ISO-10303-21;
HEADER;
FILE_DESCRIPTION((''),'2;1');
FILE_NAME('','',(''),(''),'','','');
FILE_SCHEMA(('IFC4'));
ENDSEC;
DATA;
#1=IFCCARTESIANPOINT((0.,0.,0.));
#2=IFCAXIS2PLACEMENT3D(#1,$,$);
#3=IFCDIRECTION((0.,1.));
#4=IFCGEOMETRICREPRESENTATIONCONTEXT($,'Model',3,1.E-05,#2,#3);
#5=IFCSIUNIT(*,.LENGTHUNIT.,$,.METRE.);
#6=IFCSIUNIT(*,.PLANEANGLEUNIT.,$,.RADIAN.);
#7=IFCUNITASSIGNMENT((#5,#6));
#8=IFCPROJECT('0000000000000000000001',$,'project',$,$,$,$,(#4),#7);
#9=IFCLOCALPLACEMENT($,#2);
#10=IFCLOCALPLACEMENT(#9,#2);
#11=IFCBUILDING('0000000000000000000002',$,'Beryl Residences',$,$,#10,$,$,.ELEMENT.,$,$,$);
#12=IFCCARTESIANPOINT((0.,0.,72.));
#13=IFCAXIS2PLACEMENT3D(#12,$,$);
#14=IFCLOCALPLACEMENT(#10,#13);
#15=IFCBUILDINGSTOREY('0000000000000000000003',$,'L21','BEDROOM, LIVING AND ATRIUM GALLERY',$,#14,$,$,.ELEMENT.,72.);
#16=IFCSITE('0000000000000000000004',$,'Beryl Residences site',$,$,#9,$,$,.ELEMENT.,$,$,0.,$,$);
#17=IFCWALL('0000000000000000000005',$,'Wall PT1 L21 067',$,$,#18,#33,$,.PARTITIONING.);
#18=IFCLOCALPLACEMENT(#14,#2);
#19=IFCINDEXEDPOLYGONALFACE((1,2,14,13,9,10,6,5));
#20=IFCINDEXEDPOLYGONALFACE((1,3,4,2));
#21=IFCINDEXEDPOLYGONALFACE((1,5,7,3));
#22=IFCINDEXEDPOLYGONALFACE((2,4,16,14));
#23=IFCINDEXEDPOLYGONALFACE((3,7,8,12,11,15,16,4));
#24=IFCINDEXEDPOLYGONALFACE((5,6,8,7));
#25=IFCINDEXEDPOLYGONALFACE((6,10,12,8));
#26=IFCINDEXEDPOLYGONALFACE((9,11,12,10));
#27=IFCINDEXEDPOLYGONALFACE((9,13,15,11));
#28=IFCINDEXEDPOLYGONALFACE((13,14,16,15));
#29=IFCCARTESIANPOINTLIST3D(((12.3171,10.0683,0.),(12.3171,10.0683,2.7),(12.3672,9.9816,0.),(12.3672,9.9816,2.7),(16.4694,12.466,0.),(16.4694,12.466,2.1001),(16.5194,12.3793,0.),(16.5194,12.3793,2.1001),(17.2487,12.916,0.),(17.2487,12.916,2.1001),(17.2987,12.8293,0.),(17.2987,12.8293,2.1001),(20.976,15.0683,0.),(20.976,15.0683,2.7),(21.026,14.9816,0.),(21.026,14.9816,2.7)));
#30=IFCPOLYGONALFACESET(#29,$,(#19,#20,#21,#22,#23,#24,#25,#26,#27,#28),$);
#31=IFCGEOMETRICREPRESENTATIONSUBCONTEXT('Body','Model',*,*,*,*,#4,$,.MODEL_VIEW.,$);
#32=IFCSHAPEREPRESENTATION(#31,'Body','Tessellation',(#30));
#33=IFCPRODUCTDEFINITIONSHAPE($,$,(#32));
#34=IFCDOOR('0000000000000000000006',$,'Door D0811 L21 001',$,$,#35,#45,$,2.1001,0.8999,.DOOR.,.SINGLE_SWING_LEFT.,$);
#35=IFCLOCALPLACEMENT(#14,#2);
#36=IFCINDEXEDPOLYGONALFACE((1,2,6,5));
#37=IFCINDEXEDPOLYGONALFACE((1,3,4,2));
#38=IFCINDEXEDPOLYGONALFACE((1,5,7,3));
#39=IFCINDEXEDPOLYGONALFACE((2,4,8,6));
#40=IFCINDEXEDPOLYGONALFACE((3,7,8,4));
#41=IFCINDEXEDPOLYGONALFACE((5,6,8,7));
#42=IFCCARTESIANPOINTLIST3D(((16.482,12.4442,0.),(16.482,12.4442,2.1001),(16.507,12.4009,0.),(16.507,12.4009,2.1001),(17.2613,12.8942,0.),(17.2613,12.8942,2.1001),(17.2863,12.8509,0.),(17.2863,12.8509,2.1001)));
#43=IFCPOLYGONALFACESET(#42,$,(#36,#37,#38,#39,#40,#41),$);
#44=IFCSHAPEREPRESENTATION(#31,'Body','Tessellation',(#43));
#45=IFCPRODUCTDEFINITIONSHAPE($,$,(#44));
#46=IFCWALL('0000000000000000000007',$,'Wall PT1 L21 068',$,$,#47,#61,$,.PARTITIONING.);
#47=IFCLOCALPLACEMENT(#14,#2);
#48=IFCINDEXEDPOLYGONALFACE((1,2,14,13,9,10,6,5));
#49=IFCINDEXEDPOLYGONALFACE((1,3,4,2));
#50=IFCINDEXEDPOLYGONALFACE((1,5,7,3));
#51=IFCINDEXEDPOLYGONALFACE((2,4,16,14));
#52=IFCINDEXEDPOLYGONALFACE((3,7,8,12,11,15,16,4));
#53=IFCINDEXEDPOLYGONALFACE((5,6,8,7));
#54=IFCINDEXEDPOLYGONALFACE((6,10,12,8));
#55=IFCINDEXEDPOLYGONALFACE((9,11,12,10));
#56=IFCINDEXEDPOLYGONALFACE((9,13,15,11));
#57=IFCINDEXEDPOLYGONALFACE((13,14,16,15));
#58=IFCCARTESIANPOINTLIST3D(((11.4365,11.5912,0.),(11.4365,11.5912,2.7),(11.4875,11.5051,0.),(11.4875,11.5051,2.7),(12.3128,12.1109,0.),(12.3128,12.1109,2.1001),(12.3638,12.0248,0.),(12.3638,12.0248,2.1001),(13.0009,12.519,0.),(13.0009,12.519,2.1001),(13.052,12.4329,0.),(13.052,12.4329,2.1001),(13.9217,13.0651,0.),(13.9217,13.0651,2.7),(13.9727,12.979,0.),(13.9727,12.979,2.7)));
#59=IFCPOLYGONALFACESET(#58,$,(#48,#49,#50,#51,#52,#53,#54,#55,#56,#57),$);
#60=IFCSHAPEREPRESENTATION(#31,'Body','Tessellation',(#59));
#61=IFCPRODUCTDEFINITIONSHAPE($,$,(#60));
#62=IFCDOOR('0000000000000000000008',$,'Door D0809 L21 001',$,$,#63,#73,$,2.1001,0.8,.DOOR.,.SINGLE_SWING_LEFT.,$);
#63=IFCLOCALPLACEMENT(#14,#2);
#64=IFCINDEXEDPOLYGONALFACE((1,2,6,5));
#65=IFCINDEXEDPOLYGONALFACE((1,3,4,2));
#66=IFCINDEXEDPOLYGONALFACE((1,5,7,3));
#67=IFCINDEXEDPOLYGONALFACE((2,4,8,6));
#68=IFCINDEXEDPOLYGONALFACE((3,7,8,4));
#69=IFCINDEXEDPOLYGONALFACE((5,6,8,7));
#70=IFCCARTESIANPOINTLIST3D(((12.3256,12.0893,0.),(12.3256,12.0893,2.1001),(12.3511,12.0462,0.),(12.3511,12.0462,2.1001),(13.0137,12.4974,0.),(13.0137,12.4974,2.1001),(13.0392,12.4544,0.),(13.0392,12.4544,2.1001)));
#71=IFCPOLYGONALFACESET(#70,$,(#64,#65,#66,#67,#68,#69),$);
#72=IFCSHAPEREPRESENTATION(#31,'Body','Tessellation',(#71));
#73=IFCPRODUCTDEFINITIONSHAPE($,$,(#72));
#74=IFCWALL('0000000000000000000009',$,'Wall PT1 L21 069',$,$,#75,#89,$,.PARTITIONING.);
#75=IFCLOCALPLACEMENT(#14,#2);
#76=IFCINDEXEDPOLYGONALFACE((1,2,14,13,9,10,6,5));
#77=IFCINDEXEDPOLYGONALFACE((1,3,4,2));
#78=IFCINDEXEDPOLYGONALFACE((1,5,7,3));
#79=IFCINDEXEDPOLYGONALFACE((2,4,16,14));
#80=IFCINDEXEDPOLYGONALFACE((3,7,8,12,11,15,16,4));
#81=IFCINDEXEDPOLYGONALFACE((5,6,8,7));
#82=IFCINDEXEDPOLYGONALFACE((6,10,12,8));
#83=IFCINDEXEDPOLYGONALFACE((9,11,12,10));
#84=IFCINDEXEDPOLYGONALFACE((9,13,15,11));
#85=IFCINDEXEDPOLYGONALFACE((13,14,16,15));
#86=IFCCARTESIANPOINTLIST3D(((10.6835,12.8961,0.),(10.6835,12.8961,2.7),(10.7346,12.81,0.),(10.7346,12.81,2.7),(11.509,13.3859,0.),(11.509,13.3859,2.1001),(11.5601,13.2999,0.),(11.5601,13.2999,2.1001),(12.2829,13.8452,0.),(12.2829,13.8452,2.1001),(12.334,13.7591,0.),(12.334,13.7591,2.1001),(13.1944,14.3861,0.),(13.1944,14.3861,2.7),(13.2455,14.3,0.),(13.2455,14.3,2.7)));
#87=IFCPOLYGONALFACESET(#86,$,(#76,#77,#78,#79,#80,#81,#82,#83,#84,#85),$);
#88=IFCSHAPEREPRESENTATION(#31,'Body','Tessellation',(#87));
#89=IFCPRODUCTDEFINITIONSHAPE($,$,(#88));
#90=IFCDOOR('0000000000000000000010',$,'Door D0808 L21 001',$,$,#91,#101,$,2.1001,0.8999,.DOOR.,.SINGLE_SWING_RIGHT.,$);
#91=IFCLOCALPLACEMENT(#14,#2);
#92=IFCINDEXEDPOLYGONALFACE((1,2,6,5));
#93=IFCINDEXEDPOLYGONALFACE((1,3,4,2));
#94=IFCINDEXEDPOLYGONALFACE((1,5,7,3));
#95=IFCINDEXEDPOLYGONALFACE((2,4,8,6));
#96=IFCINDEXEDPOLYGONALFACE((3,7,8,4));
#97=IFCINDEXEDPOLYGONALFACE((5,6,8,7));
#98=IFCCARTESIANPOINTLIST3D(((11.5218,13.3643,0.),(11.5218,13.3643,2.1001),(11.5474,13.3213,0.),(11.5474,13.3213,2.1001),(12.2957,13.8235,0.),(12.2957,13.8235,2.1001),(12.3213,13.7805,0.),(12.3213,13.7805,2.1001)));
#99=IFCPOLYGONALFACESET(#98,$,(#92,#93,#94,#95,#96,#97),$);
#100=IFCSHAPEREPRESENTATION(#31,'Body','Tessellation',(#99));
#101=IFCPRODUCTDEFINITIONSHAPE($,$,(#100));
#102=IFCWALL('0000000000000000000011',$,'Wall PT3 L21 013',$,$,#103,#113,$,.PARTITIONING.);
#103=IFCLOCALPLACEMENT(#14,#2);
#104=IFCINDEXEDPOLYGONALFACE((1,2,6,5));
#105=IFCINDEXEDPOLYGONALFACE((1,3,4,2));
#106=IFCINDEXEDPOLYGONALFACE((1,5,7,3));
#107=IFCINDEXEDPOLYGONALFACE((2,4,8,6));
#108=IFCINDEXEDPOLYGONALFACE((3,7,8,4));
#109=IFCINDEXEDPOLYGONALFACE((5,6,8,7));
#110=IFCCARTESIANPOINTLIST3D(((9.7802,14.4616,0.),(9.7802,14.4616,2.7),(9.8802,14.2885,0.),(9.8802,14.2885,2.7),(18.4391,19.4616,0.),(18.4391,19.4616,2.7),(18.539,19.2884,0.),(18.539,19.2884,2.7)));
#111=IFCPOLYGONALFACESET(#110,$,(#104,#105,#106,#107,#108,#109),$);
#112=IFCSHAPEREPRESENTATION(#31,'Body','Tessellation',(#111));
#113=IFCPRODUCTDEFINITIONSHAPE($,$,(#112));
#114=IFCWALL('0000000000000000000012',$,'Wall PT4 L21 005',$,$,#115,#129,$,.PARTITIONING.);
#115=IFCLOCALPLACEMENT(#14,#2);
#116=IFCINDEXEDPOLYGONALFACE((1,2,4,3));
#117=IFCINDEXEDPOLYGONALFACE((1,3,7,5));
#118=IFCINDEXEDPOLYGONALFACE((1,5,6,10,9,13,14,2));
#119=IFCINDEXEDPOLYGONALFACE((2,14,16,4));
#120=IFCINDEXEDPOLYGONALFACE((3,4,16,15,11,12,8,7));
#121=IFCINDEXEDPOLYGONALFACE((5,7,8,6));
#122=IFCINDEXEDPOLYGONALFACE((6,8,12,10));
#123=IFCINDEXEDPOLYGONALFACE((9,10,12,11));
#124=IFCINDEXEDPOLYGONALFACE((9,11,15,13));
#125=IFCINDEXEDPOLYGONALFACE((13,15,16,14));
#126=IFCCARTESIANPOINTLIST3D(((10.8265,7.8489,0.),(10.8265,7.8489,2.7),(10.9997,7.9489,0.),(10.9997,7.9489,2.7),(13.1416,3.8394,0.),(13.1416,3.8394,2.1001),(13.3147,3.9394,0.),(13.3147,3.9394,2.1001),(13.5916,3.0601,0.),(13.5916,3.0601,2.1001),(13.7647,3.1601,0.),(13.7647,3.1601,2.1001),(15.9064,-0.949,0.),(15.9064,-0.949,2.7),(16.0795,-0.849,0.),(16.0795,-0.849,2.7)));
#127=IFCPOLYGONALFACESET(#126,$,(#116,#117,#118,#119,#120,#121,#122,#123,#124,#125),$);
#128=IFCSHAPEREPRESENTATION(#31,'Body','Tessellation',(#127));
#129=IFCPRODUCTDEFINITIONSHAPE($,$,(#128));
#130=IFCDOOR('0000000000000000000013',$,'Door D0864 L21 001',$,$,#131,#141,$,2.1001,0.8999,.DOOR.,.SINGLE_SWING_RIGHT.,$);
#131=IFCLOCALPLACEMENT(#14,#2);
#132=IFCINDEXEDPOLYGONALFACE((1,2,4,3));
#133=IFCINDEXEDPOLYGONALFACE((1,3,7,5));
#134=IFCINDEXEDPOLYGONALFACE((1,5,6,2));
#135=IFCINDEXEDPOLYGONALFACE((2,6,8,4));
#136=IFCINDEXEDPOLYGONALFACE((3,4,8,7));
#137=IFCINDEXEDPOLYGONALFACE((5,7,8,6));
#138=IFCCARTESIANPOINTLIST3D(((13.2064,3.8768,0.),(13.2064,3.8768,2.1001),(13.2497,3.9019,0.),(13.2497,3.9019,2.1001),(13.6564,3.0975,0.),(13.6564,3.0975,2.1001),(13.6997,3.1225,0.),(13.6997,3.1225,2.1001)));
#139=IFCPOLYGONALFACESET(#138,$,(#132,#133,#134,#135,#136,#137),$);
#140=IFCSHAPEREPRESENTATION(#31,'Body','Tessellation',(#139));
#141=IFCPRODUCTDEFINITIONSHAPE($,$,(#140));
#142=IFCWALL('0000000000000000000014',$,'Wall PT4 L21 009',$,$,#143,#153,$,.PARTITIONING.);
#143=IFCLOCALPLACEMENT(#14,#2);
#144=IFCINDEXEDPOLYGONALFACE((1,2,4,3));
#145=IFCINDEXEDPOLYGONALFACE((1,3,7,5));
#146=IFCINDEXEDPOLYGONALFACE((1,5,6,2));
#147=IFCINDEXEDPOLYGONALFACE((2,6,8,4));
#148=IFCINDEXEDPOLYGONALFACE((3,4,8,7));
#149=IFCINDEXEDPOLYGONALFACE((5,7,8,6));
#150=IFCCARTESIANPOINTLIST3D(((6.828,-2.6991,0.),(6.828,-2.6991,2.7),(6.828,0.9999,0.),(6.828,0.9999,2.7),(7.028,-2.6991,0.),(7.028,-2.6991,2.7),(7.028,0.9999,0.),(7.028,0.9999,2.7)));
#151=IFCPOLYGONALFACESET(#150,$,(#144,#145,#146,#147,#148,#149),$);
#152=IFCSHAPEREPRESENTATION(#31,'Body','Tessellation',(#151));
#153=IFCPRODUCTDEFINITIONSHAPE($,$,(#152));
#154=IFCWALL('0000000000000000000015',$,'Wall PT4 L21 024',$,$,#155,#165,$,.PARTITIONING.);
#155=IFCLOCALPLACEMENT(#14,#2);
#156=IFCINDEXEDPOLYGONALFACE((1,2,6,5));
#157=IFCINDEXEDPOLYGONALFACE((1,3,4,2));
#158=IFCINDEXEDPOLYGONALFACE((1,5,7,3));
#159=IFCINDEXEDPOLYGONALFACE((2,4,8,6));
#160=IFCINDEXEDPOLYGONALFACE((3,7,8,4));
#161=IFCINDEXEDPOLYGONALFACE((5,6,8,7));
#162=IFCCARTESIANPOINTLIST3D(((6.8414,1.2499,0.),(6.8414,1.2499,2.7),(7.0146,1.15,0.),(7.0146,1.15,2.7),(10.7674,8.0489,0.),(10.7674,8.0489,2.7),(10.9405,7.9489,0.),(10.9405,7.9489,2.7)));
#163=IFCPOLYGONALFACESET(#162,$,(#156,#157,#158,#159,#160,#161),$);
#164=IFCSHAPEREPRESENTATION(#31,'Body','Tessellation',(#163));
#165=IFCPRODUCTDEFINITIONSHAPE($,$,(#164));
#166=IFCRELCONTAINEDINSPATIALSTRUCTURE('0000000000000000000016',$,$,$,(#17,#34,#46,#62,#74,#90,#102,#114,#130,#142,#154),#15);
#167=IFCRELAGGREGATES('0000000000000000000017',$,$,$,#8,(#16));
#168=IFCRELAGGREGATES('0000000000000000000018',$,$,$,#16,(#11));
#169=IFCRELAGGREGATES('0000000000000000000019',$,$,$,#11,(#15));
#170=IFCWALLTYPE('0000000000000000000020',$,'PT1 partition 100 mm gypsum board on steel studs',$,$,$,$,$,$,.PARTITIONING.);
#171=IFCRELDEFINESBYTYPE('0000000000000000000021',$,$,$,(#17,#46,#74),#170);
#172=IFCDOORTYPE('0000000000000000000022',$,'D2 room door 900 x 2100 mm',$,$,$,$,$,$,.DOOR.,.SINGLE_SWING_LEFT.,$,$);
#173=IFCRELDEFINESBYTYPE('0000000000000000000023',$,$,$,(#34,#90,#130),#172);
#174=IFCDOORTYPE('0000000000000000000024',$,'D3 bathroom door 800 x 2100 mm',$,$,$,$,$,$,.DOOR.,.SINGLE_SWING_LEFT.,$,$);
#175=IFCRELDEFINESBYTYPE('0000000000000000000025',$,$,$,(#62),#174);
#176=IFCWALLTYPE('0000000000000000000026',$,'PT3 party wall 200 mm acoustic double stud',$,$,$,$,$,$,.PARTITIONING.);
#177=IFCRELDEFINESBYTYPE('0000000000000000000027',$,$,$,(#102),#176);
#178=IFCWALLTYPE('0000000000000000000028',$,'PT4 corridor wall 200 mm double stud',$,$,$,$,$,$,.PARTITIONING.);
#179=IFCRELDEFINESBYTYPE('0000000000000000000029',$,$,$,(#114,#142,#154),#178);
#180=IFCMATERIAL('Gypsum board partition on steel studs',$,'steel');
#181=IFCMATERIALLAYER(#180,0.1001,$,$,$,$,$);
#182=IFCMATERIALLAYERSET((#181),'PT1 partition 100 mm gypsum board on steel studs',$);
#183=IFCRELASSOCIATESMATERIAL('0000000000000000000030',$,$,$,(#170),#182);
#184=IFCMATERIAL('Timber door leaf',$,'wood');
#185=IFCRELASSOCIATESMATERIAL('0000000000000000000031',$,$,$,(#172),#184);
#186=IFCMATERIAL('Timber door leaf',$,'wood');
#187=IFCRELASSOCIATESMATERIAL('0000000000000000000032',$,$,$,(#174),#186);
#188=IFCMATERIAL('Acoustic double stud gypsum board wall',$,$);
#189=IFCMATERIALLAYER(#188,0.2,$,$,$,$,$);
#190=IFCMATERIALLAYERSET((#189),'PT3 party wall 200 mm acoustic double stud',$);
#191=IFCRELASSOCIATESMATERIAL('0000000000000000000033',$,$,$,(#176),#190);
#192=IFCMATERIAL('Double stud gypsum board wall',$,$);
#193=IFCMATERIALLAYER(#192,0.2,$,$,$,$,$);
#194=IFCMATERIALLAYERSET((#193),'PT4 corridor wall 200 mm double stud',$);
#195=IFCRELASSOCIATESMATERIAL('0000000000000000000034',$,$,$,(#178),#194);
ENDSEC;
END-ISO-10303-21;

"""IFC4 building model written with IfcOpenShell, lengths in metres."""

from ifc_helpers import new_model, si_unit, direction, frame, frame_2d, origin, place, context, subcontext, project, spatial, rectangle, extrude, material, layer, layer_set, type_object, element, fill, save


model = new_model("IFC4")

# Units and contexts
model_context = context("Model", 3, precision=1e-05, world=origin(), true_north=direction((0.0, 1.0)))
body_context = subcontext(model_context, "Body", "Model", "MODEL_VIEW")
ifc_project = project(units=[si_unit("LENGTHUNIT", "METRE"), si_unit("PLANEANGLEUNIT", "RADIAN")], contexts=[model_context])

# Site, building, storey
site_placement = place(None, origin())
site = spatial("IfcSite", under=ifc_project, at=site_placement, Name="Beryl Residences site", CompositionType="ELEMENT", RefElevation=0.0)
building_placement = place(site_placement, origin())
building = spatial("IfcBuilding", under=site, at=building_placement, Name="Beryl Residences", CompositionType="ELEMENT")
storey_placement = place(building_placement, frame((0.0, 0.0, 72.0)))
storey = spatial("IfcBuildingStorey", under=building, at=storey_placement, Name="L21", Description="BEDROOM, LIVING AND ATRIUM GALLERY", CompositionType="ELEMENT", Elevation=72.0)

# Shared definitions
ifc_material_1 = material(Name="Gypsum board partition on steel studs", Category="steel")
ifc_layer_1 = layer(ifc_material_1, 0.1001)
ifc_layer_set_1 = layer_set([ifc_layer_1], Name="PT1 partition 100 mm gypsum board on steel studs")
wall_type_1 = type_object("IfcWallType", Name="PT1 partition 100 mm gypsum board on steel studs", PredefinedType="PARTITIONING", material=ifc_layer_set_1)

# Walls, openings, doors
ifc_material_2 = material(Name="Timber door leaf", Category="wood")
door_type_1 = type_object("IfcDoorType", Name="D2 room door 900 x 2100 mm", OperationType="SINGLE_SWING_LEFT", PredefinedType="DOOR", material=ifc_material_2)
wall_1_placement = place(storey_placement, frame((12.342, 10.0249, 0.0), z_axis=(0.0, 0.0, 1.0), x_axis=(0.865992, 0.500057, 0.0)))
wall_1 = element("IfcWall", 1, at=wall_1_placement, inside=storey, type_object=wall_type_1, Name="Wall PT1 L21 067", PredefinedType="PARTITIONING", context=body_context, shape_type="SweptSolid", body=[
    extrude(rectangle(XDim=9.9988, YDim=0.1001, at=frame_2d((4.9995, 0.0))), origin(), (0.0, 0.0, 1.0), 2.7),
])
opening_1_placement = place(wall_1_placement, frame((4.7949, 0.0, 0.0)))
opening_1 = element("IfcOpeningElement", 2, at=opening_1_placement, cuts=wall_1, PredefinedType="OPENING", context=body_context, shape_type="SweptSolid", body=[
    extrude(rectangle(XDim=0.8999, YDim=2.1001, at=frame_2d((0.45, 1.05))), frame((0.0, 0.0601, 0.0), z_axis=(0.0, -1.0, 0.0), x_axis=(1.0, 0.0, 0.0)), (0.0, 0.0, 1.0), 0.1201),
])
door_1_placement = place(opening_1_placement, origin())
door_1 = element("IfcDoor", 3, at=door_1_placement, inside=storey, type_object=door_type_1, Name="Door D0811 L21 001", OperationType="SINGLE_SWING_LEFT", OverallHeight=2.1001, OverallWidth=0.8999, PredefinedType="DOOR", context=body_context, shape_type="SweptSolid", body=[
    extrude(rectangle(XDim=0.8999, YDim=2.1001, at=frame_2d((0.45, 1.05))), frame((0.0, 0.0249, 0.0), z_axis=(0.0, -1.0, 0.0), x_axis=(1.0, 0.0, 0.0)), (0.0, 0.0, 1.0), 0.05),
])
fill(opening_1, door_1)
wall_2_placement = place(storey_placement, frame((11.4619, 11.5481, 0.0), z_axis=(0.0, 0.0, 1.0), x_axis=(0.860106, 0.510115, 0.0)))
wall_2 = element("IfcWall", 4, at=wall_2_placement, inside=storey, type_object=wall_type_1, Name="Wall PT1 L21 068", PredefinedType="PARTITIONING", context=body_context, shape_type="SweptSolid", body=[
    extrude(rectangle(XDim=2.8894, YDim=0.1001, at=frame_2d((1.4448, 0.0))), origin(), (0.0, 0.0, 1.0), 2.7),
])
opening_2_placement = place(wall_2_placement, frame((1.019, 0.0, 0.0)))
opening_2 = element("IfcOpeningElement", 5, at=opening_2_placement, cuts=wall_2, PredefinedType="OPENING", context=body_context, shape_type="SweptSolid", body=[
    extrude(rectangle(XDim=0.8, YDim=2.1001, at=frame_2d((0.3999, 1.05))), frame((0.0, 0.0601, 0.0), z_axis=(0.0, -1.0, 0.0), x_axis=(1.0, 0.0, 0.0)), (0.0, 0.0, 1.0), 0.1201),
])
ifc_material_3 = material(Name="Timber door leaf", Category="wood")
door_type_2 = type_object("IfcDoorType", Name="D3 bathroom door 800 x 2100 mm", OperationType="SINGLE_SWING_LEFT", PredefinedType="DOOR", material=ifc_material_3)
door_2_placement = place(opening_2_placement, origin())
door_2 = element("IfcDoor", 6, at=door_2_placement, inside=storey, type_object=door_type_2, Name="Door D0809 L21 001", OperationType="SINGLE_SWING_LEFT", OverallHeight=2.1001, OverallWidth=0.8, PredefinedType="DOOR", context=body_context, shape_type="SweptSolid", body=[
    extrude(rectangle(XDim=0.8, YDim=2.1001, at=frame_2d((0.3999, 1.05))), frame((0.0, 0.0249, 0.0), z_axis=(0.0, -1.0, 0.0), x_axis=(1.0, 0.0, 0.0)), (0.0, 0.0, 1.0), 0.05),
])
fill(opening_2, door_2)
wall_3_placement = place(storey_placement, frame((10.709, 12.853, 0.0), z_axis=(0.0, 0.0, 1.0), x_axis=(0.859991, 0.510309, 0.0)))
wall_3 = element("IfcWall", 7, at=wall_3_placement, inside=storey, type_object=wall_type_1, Name="Wall PT1 L21 069", PredefinedType="PARTITIONING", context=body_context, shape_type="SweptSolid", body=[
    extrude(rectangle(XDim=2.9197, YDim=0.1001, at=frame_2d((1.46, 0.0))), origin(), (0.0, 0.0, 1.0), 2.7),
])
opening_3_placement = place(wall_3_placement, frame((0.96, 0.0, 0.0)))
opening_3 = element("IfcOpeningElement", 8, at=opening_3_placement, cuts=wall_3, PredefinedType="OPENING", context=body_context, shape_type="SweptSolid", body=[
    extrude(rectangle(XDim=0.8999, YDim=2.1001, at=frame_2d((0.45, 1.05))), frame((0.0, 0.0601, 0.0), z_axis=(0.0, -1.0, 0.0), x_axis=(1.0, 0.0, 0.0)), (0.0, 0.0, 1.0), 0.1201),
])
door_3_placement = place(opening_3_placement, origin())
door_3 = element("IfcDoor", 9, at=door_3_placement, inside=storey, type_object=door_type_1, Name="Door D0808 L21 001", OperationType="SINGLE_SWING_RIGHT", OverallHeight=2.1001, OverallWidth=0.8999, PredefinedType="DOOR", context=body_context, shape_type="SweptSolid", body=[
    extrude(rectangle(XDim=0.8999, YDim=2.1001, at=frame_2d((0.45, 1.05))), frame((0.0, 0.0249, 0.0), z_axis=(0.0, -1.0, 0.0), x_axis=(1.0, 0.0, 0.0)), (0.0, 0.0, 1.0), 0.05),
])
fill(opening_3, door_3)

# Wall
ifc_material_4 = material(Name="Acoustic double stud gypsum board wall")
ifc_layer_2 = layer(ifc_material_4, 0.2)
ifc_layer_set_2 = layer_set([ifc_layer_2], Name="PT3 party wall 200 mm acoustic double stud")
wall_type_2 = type_object("IfcWallType", Name="PT3 party wall 200 mm acoustic double stud", PredefinedType="PARTITIONING", material=ifc_layer_set_2)
wall_4_placement = place(storey_placement, frame((9.8301, 14.375, 0.0), z_axis=(0.0, 0.0, 1.0), x_axis=(0.865992, 0.500057, 0.0)))
element("IfcWall", 10, at=wall_4_placement, inside=storey, type_object=wall_type_2, Name="Wall PT3 L21 013", PredefinedType="PARTITIONING", context=body_context, shape_type="SweptSolid", body=[
    extrude(rectangle(XDim=9.9988, YDim=0.2, at=frame_2d((4.9995, 0.0))), origin(), (0.0, 0.0, 1.0), 2.7),
])

# Wall, opening, door
ifc_material_5 = material(Name="Double stud gypsum board wall")
ifc_layer_3 = layer(ifc_material_5, 0.2)
ifc_layer_set_3 = layer_set([ifc_layer_3], Name="PT4 corridor wall 200 mm double stud")
wall_type_3 = type_object("IfcWallType", Name="PT4 corridor wall 200 mm double stud", PredefinedType="PARTITIONING", material=ifc_layer_set_3)
wall_5_placement = place(storey_placement, frame((10.9131, 7.8989, 0.0), z_axis=(0.0, 0.0, 1.0), x_axis=(0.500029, -0.866009, 0.0)))
wall_5 = element("IfcWall", 11, at=wall_5_placement, inside=storey, type_object=wall_type_3, Name="Wall PT4 L21 005", PredefinedType="PARTITIONING", context=body_context, shape_type="SweptSolid", body=[
    extrude(rectangle(XDim=10.1592, YDim=0.2, at=frame_2d((5.0796, 0.0))), origin(), (0.0, 0.0, 1.0), 2.7),
])
opening_4_placement = place(wall_5_placement, frame((4.6299, 0.0, 0.0)))
opening_4 = element("IfcOpeningElement", 12, at=opening_4_placement, cuts=wall_5, PredefinedType="OPENING", context=body_context, shape_type="SweptSolid", body=[
    extrude(rectangle(XDim=0.8999, YDim=2.1001, at=frame_2d((0.45, 1.05))), frame((0.0, 0.1099, 0.0), z_axis=(0.0, -1.0, 0.0), x_axis=(1.0, 0.0, 0.0)), (0.0, 0.0, 1.0), 0.22),
])
door_4_placement = place(opening_4_placement, origin())
door_4 = element("IfcDoor", 13, at=door_4_placement, inside=storey, type_object=door_type_1, Name="Door D0864 L21 001", OperationType="SINGLE_SWING_RIGHT", OverallHeight=2.1001, OverallWidth=0.8999, PredefinedType="DOOR", context=body_context, shape_type="SweptSolid", body=[
    extrude(rectangle(XDim=0.8999, YDim=2.1001, at=frame_2d((0.45, 1.05))), frame((0.0, 0.0249, 0.0), z_axis=(0.0, -1.0, 0.0), x_axis=(1.0, 0.0, 0.0)), (0.0, 0.0, 1.0), 0.05),
])
fill(opening_4, door_4)

# Walls
wall_6_placement = place(storey_placement, frame((6.928, 1.0, 0.0), z_axis=(0.0, 0.0, 1.0), x_axis=(0.0, -1.0, 0.0)))
element("IfcWall", 14, at=wall_6_placement, inside=storey, type_object=wall_type_3, Name="Wall PT4 L21 009", PredefinedType="PARTITIONING", context=body_context, shape_type="SweptSolid", body=[
    extrude(rectangle(XDim=3.699, YDim=0.2, at=frame_2d((1.8496, 0.0))), origin(), (0.0, 0.0, 1.0), 2.7),
])
wall_7_placement = place(storey_placement, frame((6.928, 1.2, 0.0), z_axis=(0.0, 0.0, 1.0), x_axis=(0.500055, 0.865993, 0.0)))
element("IfcWall", 15, at=wall_7_placement, inside=storey, type_object=wall_type_3, Name="Wall PT4 L21 024", PredefinedType="PARTITIONING", context=body_context, shape_type="SweptSolid", body=[
    extrude(rectangle(XDim=7.8511, YDim=0.2, at=frame_2d((3.9255, 0.0))), origin(), (0.0, 0.0, 1.0), 2.7),
])

save(model, "model.ifc")
